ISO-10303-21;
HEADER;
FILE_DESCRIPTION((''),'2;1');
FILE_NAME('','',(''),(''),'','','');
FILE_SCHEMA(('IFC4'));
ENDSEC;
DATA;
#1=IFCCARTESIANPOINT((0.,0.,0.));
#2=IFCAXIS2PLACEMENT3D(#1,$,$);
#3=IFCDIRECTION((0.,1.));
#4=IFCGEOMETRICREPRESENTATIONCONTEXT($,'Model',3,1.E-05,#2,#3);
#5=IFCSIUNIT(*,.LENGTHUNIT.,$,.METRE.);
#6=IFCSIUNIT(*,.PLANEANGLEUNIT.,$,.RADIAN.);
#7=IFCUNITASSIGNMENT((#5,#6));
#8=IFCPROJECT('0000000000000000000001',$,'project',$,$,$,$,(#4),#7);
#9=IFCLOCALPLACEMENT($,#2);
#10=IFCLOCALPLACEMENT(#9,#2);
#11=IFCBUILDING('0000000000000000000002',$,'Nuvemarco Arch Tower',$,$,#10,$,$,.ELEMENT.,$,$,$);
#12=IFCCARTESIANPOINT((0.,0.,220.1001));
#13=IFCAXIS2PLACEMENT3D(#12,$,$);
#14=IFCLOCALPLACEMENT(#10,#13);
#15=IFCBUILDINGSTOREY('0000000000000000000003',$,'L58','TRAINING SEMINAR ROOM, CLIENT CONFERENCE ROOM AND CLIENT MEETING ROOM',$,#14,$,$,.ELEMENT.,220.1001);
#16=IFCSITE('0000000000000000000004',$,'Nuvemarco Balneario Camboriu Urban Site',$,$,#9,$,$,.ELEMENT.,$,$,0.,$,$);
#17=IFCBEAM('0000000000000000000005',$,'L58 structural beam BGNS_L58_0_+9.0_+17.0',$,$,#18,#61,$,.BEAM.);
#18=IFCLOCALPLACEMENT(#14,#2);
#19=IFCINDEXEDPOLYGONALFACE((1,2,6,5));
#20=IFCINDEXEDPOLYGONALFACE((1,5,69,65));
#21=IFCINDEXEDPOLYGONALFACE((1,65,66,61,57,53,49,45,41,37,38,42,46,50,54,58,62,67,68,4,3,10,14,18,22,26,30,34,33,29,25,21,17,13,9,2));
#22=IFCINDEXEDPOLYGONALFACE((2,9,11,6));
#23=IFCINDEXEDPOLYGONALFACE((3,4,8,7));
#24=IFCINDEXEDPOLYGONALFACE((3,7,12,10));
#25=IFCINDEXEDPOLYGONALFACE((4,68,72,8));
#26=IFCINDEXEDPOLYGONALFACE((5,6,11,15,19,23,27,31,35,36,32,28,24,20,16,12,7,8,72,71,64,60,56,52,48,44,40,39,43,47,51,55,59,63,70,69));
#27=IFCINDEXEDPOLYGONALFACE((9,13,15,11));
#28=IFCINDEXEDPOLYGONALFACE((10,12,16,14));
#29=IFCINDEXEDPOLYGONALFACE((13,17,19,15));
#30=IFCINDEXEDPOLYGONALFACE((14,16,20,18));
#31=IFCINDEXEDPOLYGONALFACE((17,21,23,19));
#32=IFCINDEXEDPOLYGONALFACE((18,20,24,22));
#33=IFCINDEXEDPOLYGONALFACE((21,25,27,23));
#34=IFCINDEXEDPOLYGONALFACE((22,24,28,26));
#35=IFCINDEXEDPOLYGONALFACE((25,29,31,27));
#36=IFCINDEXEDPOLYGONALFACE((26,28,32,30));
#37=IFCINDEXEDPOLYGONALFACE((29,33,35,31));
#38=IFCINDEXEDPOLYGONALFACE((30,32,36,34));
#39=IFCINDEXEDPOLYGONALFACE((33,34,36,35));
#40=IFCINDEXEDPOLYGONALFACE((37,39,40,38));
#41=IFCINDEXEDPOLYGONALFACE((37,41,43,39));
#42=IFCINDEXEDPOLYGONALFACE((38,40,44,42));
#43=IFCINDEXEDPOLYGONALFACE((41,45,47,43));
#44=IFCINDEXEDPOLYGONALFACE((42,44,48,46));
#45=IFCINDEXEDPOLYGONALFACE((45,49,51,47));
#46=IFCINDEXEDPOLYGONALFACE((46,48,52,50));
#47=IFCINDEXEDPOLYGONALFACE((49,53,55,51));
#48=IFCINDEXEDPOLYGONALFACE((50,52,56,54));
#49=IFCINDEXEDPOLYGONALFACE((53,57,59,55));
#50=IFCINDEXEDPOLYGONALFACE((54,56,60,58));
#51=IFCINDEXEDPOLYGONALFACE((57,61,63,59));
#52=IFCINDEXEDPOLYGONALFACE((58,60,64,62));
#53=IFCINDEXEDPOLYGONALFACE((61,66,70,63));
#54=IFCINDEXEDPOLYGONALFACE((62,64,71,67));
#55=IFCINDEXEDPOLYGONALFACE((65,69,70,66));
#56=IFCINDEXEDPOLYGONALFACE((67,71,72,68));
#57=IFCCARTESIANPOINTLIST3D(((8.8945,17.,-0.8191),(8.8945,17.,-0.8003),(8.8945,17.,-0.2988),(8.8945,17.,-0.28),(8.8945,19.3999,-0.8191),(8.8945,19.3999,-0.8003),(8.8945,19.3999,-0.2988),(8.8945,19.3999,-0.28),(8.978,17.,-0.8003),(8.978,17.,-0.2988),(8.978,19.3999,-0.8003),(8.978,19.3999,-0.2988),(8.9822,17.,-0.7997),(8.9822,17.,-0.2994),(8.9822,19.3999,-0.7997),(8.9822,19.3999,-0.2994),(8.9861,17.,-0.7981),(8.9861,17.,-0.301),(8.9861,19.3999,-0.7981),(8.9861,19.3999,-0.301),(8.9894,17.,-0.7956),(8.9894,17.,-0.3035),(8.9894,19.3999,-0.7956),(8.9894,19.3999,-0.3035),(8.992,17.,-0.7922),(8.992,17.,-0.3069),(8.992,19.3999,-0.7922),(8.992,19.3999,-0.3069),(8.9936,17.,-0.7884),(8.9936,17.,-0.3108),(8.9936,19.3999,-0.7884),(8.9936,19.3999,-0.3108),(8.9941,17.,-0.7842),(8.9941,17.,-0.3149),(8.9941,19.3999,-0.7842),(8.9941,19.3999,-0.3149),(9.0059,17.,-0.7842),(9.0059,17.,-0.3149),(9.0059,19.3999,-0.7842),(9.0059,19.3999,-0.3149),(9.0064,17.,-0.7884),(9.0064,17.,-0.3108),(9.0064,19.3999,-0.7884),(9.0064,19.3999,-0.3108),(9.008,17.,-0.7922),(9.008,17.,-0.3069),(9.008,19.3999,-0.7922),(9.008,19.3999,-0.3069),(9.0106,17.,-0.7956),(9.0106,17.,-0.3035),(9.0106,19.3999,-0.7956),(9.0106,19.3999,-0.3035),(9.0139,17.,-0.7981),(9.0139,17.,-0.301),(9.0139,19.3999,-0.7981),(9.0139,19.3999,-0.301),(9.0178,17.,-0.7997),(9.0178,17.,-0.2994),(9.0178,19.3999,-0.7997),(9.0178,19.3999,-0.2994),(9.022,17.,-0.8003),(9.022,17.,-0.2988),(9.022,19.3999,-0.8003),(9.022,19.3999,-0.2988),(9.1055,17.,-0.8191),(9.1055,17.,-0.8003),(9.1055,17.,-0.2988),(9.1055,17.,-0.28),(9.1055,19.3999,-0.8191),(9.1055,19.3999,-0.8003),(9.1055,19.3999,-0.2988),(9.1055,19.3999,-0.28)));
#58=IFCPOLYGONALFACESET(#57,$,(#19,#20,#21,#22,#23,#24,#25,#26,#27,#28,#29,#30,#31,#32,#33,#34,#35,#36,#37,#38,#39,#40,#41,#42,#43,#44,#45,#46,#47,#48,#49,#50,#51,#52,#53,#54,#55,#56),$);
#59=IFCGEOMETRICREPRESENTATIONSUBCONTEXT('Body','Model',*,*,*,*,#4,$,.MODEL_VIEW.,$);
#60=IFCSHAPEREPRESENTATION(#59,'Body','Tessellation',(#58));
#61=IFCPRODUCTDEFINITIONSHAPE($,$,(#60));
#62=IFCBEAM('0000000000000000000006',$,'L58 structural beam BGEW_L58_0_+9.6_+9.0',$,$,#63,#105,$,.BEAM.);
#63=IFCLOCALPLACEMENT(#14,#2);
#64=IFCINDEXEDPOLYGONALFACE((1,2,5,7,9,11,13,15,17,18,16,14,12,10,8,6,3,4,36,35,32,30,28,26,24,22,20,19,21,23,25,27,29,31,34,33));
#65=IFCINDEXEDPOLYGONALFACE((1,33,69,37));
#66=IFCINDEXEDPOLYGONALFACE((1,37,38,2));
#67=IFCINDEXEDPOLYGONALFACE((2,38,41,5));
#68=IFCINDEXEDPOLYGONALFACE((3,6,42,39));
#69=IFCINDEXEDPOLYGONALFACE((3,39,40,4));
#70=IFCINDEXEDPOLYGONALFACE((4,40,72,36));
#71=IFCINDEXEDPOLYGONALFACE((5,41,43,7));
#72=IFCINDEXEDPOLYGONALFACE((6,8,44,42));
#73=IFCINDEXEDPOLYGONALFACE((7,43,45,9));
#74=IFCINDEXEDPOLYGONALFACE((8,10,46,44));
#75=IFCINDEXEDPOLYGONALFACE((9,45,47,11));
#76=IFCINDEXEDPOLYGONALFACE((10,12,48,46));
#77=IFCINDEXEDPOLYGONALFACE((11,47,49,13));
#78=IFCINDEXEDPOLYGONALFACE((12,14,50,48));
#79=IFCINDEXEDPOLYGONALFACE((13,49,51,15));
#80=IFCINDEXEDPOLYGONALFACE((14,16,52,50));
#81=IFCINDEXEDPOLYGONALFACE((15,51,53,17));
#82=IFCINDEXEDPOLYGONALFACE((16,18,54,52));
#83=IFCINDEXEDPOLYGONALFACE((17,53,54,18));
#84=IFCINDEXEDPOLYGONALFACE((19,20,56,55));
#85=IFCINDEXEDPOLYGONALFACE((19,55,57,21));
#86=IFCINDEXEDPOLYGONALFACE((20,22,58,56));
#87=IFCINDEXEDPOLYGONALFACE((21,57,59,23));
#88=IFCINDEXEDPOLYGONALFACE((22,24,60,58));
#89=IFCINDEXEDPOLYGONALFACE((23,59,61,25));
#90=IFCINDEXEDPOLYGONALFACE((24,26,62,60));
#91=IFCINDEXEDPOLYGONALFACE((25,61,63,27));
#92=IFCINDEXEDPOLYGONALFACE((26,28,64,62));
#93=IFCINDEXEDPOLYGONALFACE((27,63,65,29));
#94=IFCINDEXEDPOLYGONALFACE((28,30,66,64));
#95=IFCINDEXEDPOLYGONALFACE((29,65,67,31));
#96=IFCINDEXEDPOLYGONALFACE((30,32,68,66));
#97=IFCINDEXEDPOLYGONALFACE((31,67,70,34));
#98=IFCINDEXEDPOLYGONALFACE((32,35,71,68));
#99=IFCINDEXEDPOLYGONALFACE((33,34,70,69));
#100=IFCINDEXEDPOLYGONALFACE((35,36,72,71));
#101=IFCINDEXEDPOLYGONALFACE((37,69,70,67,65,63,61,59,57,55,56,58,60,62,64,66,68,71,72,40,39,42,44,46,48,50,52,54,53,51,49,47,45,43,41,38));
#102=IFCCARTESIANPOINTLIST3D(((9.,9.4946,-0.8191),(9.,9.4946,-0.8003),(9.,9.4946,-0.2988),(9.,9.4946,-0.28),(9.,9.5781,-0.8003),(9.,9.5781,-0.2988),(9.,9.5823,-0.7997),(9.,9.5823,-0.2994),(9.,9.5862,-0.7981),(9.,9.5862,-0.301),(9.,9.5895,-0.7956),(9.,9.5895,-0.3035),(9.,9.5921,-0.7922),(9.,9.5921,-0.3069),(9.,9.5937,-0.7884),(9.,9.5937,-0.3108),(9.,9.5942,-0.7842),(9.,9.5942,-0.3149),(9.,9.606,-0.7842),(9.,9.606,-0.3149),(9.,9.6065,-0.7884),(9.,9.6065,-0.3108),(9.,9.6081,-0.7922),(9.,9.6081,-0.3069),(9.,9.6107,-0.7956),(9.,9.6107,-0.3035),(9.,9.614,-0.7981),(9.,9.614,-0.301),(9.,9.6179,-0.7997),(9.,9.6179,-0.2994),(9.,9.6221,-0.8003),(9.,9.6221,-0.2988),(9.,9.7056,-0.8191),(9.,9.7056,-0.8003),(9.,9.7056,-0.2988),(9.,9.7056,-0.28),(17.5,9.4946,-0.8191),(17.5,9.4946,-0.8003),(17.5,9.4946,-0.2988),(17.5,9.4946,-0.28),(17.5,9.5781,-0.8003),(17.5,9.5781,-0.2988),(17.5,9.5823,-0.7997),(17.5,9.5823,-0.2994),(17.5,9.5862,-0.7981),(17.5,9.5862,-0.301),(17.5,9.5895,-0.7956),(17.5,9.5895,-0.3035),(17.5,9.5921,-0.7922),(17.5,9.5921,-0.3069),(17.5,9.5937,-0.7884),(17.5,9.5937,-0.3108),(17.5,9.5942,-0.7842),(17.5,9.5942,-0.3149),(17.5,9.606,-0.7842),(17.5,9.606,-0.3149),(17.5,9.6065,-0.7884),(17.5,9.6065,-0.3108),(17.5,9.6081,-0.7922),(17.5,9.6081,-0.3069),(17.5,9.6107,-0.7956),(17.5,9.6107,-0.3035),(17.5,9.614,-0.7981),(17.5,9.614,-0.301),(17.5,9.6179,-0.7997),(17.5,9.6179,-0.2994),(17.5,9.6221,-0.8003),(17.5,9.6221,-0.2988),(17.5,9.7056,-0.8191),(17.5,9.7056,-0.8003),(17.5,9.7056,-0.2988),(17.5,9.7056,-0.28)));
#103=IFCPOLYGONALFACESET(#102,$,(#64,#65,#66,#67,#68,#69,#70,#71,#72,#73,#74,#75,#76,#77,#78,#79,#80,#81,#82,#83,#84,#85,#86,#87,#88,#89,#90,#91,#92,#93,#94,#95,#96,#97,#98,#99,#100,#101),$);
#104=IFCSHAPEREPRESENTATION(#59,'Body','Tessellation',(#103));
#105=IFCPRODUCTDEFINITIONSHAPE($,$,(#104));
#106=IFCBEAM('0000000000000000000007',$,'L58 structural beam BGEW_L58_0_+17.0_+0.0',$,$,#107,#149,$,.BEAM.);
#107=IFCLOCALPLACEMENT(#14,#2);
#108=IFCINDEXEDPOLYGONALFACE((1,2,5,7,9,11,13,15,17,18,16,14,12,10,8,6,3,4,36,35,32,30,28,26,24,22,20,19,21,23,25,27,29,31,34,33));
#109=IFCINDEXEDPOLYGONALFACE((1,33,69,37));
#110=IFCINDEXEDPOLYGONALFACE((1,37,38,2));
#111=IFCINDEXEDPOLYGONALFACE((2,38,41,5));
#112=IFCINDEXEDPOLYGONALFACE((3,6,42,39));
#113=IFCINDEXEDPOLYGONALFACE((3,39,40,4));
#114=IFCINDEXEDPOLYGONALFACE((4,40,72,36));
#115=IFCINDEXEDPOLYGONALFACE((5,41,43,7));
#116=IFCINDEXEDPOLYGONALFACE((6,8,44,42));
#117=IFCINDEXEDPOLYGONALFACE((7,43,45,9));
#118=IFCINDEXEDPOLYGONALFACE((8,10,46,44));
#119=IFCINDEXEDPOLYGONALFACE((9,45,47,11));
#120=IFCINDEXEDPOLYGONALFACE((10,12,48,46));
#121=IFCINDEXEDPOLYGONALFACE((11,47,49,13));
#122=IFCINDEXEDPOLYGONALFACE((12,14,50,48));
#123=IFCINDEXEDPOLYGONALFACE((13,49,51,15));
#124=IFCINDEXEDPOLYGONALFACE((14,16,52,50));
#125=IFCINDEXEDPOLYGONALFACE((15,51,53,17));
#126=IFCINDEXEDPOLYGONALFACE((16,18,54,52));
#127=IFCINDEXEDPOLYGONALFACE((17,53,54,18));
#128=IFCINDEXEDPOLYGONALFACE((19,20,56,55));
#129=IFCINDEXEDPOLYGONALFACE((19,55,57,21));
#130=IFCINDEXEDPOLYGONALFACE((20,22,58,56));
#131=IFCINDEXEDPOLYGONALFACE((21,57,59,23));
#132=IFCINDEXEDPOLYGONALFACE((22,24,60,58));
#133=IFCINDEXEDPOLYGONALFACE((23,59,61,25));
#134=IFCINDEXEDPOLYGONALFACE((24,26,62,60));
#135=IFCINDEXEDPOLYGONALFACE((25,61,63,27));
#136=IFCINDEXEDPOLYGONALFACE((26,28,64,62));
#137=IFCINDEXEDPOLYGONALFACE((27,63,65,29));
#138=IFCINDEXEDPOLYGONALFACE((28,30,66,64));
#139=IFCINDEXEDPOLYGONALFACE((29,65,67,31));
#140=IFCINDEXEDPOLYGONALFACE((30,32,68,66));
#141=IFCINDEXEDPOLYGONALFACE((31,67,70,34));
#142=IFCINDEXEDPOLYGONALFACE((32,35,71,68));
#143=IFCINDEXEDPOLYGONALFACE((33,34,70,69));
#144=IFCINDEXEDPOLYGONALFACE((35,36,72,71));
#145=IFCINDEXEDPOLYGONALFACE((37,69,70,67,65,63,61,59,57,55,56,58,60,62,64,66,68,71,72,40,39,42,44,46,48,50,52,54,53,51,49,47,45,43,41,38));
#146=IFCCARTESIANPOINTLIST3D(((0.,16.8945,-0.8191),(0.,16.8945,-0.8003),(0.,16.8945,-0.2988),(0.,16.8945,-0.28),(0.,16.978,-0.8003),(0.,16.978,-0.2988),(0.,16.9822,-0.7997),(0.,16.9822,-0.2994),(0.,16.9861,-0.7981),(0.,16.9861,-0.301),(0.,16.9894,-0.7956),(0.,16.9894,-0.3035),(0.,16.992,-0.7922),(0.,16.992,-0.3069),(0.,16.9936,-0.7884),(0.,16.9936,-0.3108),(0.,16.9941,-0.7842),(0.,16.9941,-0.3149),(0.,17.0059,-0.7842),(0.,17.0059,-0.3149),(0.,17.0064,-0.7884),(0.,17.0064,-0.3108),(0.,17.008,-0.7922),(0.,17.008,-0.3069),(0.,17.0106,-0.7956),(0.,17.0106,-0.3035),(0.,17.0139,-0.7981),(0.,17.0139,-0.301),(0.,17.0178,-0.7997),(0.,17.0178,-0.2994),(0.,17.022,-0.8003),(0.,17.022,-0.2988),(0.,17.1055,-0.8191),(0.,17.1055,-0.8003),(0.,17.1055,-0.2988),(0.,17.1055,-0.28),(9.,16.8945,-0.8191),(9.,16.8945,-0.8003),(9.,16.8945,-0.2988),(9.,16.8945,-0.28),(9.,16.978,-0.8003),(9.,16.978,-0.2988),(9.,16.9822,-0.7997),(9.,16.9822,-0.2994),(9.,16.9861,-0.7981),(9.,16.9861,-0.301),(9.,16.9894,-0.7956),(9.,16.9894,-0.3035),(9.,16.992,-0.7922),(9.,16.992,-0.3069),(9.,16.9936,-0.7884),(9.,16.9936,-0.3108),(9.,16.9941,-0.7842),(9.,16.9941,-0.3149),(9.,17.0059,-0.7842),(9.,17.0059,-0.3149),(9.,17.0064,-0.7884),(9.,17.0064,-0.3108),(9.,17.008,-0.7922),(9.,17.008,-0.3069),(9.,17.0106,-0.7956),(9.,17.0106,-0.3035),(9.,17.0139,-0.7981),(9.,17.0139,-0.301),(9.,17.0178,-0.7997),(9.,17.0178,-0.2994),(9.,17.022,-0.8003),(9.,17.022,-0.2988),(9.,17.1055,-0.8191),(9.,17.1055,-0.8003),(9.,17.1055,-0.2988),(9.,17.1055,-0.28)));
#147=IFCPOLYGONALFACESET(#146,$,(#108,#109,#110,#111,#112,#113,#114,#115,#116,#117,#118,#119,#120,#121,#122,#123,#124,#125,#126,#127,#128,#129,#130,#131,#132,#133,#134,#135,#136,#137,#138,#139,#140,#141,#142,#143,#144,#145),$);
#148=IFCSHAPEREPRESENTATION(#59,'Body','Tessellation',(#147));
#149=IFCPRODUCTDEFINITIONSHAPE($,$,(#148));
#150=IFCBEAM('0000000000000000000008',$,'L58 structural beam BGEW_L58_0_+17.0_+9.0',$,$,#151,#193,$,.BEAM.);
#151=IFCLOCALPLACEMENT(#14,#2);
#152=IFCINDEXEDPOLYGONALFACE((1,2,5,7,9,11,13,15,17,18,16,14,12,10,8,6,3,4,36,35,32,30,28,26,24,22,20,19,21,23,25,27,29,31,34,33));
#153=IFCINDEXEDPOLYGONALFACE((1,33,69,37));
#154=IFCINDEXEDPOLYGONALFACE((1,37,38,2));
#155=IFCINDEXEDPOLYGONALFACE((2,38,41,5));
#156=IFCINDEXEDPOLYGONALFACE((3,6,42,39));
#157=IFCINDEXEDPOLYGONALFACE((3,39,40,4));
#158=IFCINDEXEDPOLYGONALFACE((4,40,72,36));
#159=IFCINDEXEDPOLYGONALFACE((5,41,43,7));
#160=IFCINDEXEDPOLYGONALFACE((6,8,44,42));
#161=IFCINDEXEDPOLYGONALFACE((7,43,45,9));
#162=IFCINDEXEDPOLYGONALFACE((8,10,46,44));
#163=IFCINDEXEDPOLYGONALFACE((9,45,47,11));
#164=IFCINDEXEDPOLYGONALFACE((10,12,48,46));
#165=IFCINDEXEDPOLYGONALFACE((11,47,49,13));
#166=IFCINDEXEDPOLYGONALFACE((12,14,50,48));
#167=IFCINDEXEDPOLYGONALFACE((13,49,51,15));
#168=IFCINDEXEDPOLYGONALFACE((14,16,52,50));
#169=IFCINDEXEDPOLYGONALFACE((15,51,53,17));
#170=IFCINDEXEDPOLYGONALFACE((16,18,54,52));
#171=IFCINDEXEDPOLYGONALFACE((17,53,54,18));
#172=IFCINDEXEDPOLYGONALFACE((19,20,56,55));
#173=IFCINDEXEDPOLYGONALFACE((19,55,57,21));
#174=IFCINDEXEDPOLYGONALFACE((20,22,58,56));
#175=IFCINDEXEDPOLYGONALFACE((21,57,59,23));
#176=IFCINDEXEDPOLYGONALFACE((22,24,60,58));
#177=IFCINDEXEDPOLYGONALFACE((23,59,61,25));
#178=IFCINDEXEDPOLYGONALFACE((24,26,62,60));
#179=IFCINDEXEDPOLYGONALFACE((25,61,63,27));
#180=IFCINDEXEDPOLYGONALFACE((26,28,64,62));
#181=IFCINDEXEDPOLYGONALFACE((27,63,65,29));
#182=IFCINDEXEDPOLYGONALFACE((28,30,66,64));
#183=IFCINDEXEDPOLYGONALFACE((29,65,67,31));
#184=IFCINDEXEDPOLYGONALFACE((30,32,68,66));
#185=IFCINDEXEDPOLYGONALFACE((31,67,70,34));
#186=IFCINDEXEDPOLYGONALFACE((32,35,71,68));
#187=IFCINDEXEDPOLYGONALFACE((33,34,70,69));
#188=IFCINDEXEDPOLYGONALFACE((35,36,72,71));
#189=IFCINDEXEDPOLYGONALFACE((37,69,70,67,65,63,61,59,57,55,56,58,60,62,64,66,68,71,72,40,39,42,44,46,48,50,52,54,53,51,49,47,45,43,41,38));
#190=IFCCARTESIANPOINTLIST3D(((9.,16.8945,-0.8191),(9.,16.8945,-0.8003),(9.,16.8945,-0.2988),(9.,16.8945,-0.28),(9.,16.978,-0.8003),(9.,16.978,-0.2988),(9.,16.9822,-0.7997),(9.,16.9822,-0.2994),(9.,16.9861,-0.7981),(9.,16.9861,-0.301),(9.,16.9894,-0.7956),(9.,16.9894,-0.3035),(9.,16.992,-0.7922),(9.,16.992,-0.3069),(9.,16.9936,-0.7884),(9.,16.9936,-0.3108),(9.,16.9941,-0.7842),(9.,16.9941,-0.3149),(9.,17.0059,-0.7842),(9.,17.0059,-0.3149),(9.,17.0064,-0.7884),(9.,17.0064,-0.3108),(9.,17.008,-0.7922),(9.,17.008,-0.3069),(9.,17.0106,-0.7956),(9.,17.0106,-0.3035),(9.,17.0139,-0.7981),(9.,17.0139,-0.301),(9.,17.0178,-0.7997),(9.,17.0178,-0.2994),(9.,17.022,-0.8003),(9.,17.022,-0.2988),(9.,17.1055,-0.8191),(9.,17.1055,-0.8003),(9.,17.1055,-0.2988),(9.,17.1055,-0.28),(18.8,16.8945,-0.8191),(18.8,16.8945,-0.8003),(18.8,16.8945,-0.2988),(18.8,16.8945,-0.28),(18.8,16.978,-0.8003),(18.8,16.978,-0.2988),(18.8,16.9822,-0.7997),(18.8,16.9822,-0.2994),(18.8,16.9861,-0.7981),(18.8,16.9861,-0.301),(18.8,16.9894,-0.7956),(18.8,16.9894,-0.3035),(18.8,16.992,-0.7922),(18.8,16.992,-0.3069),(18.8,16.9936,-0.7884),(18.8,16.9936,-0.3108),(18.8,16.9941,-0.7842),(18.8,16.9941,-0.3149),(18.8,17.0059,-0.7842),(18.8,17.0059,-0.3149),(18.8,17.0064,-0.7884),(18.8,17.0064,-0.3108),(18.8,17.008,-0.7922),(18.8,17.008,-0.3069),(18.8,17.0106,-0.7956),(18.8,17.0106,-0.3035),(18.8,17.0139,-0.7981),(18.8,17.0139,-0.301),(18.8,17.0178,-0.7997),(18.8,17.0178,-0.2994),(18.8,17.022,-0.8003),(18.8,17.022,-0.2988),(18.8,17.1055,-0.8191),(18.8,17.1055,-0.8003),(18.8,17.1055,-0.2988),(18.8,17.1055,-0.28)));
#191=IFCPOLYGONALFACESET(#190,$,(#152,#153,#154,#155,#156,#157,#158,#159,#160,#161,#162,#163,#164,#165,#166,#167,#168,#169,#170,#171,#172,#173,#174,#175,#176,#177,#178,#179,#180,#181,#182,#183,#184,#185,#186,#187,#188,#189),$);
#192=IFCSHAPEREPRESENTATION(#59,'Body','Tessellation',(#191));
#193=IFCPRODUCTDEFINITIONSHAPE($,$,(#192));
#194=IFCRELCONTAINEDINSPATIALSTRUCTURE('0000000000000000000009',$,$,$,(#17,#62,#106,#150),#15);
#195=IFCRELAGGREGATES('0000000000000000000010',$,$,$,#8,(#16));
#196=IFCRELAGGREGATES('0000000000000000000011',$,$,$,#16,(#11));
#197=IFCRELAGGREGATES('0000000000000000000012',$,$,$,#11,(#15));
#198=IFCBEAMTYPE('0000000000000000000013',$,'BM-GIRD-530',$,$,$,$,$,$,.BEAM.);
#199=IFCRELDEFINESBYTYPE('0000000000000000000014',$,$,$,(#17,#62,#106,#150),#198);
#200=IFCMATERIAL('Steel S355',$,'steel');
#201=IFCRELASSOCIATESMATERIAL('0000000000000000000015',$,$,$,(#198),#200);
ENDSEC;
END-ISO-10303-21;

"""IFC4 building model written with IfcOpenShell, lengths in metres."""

from ifc_helpers import new_model, si_unit, direction, frame, origin, origin_2d, place, context, subcontext, project, spatial, i_section, extrude, material, material_profile, profile_set, type_object, element, save


model = new_model("IFC4")

# Units and contexts
model_context = context("Model", 3, precision=1e-05, world=origin(), true_north=direction((0.0, 1.0)))
body_context = subcontext(model_context, "Body", "Model", "MODEL_VIEW")
ifc_project = project(units=[si_unit("LENGTHUNIT", "METRE"), si_unit("PLANEANGLEUNIT", "RADIAN")], contexts=[model_context])

# Site, building, storey
site_placement = place(None, origin())
site = spatial("IfcSite", under=ifc_project, at=site_placement, Name="Nuvemarco Balneario Camboriu Urban Site", CompositionType="ELEMENT", RefElevation=0.0)
building_placement = place(site_placement, origin())
building = spatial("IfcBuilding", under=site, at=building_placement, Name="Nuvemarco Arch Tower", CompositionType="ELEMENT")
storey_placement = place(building_placement, frame((0.0, 0.0, 220.1001)))
storey = spatial("IfcBuildingStorey", under=building, at=storey_placement, Name="L58", Description="TRAINING SEMINAR ROOM, CLIENT CONFERENCE ROOM AND CLIENT MEETING ROOM", CompositionType="ELEMENT", Elevation=220.1001)

# Shared definitions
ifc_material_1 = material(Name="Steel S355", Category="steel")

# Beams
ifc_material_profile_1 = material_profile(ifc_material_1, i_section(OverallWidth=0.2109, OverallDepth=0.5391, WebThickness=0.0117, FlangeThickness=0.0188, FilletRadius=0.0161, at=origin_2d()), Name="W530x109")
ifc_profile_set_1 = profile_set([ifc_material_profile_1], Name="Steel S355")
beam_type_1 = type_object("IfcBeamType", Name="BM-GIRD-530", PredefinedType="BEAM", material=ifc_profile_set_1)
beam_1_placement = place(storey_placement, frame((9.0, 17.0, -0.5496), z_axis=(0.0, 1.0, 0.0), x_axis=(-1.0, 0.0, 0.0)))
element("IfcBeam", 1, at=beam_1_placement, inside=storey, type_object=beam_type_1, Name="L58 structural beam BGNS_L58_0_+9.0_+17.0", PredefinedType="BEAM", context=body_context, shape_type="SweptSolid", body=[
    extrude(i_section(OverallWidth=0.2109, OverallDepth=0.5391, WebThickness=0.0117, FlangeThickness=0.0188, FilletRadius=0.0161, at=origin_2d()), origin(), (0.0, 0.0, 1.0), 2.3999),
])
beam_2_placement = place(storey_placement, frame((9.0, 9.6001, -0.5496), z_axis=(1.0, 0.0, 0.0), x_axis=(0.0, 1.0, 0.0)))
element("IfcBeam", 2, at=beam_2_placement, inside=storey, type_object=beam_type_1, Name="L58 structural beam BGEW_L58_0_+9.6_+9.0", PredefinedType="BEAM", context=body_context, shape_type="SweptSolid", body=[
    extrude(i_section(OverallWidth=0.2109, OverallDepth=0.5391, WebThickness=0.0117, FlangeThickness=0.0188, FilletRadius=0.0161, at=origin_2d()), origin(), (0.0, 0.0, 1.0), 8.5),
])
beam_3_placement = place(storey_placement, frame((0.0, 17.0, -0.5496), z_axis=(1.0, 0.0, 0.0), x_axis=(0.0, 1.0, 0.0)))
element("IfcBeam", 3, at=beam_3_placement, inside=storey, type_object=beam_type_1, Name="L58 structural beam BGEW_L58_0_+17.0_+0.0", PredefinedType="BEAM", context=body_context, shape_type="SweptSolid", body=[
    extrude(i_section(OverallWidth=0.2109, OverallDepth=0.5391, WebThickness=0.0117, FlangeThickness=0.0188, FilletRadius=0.0161, at=origin_2d()), origin(), (0.0, 0.0, 1.0), 9.0),
])
beam_4_placement = place(storey_placement, frame((9.0, 17.0, -0.5496), z_axis=(1.0, 0.0, 0.0), x_axis=(0.0, 1.0, 0.0)))
element("IfcBeam", 4, at=beam_4_placement, inside=storey, type_object=beam_type_1, Name="L58 structural beam BGEW_L58_0_+17.0_+9.0", PredefinedType="BEAM", context=body_context, shape_type="SweptSolid", body=[
    extrude(i_section(OverallWidth=0.2109, OverallDepth=0.5391, WebThickness=0.0117, FlangeThickness=0.0188, FilletRadius=0.0161, at=origin_2d()), origin(), (0.0, 0.0, 1.0), 9.8),
])

save(model, "model.ifc")
